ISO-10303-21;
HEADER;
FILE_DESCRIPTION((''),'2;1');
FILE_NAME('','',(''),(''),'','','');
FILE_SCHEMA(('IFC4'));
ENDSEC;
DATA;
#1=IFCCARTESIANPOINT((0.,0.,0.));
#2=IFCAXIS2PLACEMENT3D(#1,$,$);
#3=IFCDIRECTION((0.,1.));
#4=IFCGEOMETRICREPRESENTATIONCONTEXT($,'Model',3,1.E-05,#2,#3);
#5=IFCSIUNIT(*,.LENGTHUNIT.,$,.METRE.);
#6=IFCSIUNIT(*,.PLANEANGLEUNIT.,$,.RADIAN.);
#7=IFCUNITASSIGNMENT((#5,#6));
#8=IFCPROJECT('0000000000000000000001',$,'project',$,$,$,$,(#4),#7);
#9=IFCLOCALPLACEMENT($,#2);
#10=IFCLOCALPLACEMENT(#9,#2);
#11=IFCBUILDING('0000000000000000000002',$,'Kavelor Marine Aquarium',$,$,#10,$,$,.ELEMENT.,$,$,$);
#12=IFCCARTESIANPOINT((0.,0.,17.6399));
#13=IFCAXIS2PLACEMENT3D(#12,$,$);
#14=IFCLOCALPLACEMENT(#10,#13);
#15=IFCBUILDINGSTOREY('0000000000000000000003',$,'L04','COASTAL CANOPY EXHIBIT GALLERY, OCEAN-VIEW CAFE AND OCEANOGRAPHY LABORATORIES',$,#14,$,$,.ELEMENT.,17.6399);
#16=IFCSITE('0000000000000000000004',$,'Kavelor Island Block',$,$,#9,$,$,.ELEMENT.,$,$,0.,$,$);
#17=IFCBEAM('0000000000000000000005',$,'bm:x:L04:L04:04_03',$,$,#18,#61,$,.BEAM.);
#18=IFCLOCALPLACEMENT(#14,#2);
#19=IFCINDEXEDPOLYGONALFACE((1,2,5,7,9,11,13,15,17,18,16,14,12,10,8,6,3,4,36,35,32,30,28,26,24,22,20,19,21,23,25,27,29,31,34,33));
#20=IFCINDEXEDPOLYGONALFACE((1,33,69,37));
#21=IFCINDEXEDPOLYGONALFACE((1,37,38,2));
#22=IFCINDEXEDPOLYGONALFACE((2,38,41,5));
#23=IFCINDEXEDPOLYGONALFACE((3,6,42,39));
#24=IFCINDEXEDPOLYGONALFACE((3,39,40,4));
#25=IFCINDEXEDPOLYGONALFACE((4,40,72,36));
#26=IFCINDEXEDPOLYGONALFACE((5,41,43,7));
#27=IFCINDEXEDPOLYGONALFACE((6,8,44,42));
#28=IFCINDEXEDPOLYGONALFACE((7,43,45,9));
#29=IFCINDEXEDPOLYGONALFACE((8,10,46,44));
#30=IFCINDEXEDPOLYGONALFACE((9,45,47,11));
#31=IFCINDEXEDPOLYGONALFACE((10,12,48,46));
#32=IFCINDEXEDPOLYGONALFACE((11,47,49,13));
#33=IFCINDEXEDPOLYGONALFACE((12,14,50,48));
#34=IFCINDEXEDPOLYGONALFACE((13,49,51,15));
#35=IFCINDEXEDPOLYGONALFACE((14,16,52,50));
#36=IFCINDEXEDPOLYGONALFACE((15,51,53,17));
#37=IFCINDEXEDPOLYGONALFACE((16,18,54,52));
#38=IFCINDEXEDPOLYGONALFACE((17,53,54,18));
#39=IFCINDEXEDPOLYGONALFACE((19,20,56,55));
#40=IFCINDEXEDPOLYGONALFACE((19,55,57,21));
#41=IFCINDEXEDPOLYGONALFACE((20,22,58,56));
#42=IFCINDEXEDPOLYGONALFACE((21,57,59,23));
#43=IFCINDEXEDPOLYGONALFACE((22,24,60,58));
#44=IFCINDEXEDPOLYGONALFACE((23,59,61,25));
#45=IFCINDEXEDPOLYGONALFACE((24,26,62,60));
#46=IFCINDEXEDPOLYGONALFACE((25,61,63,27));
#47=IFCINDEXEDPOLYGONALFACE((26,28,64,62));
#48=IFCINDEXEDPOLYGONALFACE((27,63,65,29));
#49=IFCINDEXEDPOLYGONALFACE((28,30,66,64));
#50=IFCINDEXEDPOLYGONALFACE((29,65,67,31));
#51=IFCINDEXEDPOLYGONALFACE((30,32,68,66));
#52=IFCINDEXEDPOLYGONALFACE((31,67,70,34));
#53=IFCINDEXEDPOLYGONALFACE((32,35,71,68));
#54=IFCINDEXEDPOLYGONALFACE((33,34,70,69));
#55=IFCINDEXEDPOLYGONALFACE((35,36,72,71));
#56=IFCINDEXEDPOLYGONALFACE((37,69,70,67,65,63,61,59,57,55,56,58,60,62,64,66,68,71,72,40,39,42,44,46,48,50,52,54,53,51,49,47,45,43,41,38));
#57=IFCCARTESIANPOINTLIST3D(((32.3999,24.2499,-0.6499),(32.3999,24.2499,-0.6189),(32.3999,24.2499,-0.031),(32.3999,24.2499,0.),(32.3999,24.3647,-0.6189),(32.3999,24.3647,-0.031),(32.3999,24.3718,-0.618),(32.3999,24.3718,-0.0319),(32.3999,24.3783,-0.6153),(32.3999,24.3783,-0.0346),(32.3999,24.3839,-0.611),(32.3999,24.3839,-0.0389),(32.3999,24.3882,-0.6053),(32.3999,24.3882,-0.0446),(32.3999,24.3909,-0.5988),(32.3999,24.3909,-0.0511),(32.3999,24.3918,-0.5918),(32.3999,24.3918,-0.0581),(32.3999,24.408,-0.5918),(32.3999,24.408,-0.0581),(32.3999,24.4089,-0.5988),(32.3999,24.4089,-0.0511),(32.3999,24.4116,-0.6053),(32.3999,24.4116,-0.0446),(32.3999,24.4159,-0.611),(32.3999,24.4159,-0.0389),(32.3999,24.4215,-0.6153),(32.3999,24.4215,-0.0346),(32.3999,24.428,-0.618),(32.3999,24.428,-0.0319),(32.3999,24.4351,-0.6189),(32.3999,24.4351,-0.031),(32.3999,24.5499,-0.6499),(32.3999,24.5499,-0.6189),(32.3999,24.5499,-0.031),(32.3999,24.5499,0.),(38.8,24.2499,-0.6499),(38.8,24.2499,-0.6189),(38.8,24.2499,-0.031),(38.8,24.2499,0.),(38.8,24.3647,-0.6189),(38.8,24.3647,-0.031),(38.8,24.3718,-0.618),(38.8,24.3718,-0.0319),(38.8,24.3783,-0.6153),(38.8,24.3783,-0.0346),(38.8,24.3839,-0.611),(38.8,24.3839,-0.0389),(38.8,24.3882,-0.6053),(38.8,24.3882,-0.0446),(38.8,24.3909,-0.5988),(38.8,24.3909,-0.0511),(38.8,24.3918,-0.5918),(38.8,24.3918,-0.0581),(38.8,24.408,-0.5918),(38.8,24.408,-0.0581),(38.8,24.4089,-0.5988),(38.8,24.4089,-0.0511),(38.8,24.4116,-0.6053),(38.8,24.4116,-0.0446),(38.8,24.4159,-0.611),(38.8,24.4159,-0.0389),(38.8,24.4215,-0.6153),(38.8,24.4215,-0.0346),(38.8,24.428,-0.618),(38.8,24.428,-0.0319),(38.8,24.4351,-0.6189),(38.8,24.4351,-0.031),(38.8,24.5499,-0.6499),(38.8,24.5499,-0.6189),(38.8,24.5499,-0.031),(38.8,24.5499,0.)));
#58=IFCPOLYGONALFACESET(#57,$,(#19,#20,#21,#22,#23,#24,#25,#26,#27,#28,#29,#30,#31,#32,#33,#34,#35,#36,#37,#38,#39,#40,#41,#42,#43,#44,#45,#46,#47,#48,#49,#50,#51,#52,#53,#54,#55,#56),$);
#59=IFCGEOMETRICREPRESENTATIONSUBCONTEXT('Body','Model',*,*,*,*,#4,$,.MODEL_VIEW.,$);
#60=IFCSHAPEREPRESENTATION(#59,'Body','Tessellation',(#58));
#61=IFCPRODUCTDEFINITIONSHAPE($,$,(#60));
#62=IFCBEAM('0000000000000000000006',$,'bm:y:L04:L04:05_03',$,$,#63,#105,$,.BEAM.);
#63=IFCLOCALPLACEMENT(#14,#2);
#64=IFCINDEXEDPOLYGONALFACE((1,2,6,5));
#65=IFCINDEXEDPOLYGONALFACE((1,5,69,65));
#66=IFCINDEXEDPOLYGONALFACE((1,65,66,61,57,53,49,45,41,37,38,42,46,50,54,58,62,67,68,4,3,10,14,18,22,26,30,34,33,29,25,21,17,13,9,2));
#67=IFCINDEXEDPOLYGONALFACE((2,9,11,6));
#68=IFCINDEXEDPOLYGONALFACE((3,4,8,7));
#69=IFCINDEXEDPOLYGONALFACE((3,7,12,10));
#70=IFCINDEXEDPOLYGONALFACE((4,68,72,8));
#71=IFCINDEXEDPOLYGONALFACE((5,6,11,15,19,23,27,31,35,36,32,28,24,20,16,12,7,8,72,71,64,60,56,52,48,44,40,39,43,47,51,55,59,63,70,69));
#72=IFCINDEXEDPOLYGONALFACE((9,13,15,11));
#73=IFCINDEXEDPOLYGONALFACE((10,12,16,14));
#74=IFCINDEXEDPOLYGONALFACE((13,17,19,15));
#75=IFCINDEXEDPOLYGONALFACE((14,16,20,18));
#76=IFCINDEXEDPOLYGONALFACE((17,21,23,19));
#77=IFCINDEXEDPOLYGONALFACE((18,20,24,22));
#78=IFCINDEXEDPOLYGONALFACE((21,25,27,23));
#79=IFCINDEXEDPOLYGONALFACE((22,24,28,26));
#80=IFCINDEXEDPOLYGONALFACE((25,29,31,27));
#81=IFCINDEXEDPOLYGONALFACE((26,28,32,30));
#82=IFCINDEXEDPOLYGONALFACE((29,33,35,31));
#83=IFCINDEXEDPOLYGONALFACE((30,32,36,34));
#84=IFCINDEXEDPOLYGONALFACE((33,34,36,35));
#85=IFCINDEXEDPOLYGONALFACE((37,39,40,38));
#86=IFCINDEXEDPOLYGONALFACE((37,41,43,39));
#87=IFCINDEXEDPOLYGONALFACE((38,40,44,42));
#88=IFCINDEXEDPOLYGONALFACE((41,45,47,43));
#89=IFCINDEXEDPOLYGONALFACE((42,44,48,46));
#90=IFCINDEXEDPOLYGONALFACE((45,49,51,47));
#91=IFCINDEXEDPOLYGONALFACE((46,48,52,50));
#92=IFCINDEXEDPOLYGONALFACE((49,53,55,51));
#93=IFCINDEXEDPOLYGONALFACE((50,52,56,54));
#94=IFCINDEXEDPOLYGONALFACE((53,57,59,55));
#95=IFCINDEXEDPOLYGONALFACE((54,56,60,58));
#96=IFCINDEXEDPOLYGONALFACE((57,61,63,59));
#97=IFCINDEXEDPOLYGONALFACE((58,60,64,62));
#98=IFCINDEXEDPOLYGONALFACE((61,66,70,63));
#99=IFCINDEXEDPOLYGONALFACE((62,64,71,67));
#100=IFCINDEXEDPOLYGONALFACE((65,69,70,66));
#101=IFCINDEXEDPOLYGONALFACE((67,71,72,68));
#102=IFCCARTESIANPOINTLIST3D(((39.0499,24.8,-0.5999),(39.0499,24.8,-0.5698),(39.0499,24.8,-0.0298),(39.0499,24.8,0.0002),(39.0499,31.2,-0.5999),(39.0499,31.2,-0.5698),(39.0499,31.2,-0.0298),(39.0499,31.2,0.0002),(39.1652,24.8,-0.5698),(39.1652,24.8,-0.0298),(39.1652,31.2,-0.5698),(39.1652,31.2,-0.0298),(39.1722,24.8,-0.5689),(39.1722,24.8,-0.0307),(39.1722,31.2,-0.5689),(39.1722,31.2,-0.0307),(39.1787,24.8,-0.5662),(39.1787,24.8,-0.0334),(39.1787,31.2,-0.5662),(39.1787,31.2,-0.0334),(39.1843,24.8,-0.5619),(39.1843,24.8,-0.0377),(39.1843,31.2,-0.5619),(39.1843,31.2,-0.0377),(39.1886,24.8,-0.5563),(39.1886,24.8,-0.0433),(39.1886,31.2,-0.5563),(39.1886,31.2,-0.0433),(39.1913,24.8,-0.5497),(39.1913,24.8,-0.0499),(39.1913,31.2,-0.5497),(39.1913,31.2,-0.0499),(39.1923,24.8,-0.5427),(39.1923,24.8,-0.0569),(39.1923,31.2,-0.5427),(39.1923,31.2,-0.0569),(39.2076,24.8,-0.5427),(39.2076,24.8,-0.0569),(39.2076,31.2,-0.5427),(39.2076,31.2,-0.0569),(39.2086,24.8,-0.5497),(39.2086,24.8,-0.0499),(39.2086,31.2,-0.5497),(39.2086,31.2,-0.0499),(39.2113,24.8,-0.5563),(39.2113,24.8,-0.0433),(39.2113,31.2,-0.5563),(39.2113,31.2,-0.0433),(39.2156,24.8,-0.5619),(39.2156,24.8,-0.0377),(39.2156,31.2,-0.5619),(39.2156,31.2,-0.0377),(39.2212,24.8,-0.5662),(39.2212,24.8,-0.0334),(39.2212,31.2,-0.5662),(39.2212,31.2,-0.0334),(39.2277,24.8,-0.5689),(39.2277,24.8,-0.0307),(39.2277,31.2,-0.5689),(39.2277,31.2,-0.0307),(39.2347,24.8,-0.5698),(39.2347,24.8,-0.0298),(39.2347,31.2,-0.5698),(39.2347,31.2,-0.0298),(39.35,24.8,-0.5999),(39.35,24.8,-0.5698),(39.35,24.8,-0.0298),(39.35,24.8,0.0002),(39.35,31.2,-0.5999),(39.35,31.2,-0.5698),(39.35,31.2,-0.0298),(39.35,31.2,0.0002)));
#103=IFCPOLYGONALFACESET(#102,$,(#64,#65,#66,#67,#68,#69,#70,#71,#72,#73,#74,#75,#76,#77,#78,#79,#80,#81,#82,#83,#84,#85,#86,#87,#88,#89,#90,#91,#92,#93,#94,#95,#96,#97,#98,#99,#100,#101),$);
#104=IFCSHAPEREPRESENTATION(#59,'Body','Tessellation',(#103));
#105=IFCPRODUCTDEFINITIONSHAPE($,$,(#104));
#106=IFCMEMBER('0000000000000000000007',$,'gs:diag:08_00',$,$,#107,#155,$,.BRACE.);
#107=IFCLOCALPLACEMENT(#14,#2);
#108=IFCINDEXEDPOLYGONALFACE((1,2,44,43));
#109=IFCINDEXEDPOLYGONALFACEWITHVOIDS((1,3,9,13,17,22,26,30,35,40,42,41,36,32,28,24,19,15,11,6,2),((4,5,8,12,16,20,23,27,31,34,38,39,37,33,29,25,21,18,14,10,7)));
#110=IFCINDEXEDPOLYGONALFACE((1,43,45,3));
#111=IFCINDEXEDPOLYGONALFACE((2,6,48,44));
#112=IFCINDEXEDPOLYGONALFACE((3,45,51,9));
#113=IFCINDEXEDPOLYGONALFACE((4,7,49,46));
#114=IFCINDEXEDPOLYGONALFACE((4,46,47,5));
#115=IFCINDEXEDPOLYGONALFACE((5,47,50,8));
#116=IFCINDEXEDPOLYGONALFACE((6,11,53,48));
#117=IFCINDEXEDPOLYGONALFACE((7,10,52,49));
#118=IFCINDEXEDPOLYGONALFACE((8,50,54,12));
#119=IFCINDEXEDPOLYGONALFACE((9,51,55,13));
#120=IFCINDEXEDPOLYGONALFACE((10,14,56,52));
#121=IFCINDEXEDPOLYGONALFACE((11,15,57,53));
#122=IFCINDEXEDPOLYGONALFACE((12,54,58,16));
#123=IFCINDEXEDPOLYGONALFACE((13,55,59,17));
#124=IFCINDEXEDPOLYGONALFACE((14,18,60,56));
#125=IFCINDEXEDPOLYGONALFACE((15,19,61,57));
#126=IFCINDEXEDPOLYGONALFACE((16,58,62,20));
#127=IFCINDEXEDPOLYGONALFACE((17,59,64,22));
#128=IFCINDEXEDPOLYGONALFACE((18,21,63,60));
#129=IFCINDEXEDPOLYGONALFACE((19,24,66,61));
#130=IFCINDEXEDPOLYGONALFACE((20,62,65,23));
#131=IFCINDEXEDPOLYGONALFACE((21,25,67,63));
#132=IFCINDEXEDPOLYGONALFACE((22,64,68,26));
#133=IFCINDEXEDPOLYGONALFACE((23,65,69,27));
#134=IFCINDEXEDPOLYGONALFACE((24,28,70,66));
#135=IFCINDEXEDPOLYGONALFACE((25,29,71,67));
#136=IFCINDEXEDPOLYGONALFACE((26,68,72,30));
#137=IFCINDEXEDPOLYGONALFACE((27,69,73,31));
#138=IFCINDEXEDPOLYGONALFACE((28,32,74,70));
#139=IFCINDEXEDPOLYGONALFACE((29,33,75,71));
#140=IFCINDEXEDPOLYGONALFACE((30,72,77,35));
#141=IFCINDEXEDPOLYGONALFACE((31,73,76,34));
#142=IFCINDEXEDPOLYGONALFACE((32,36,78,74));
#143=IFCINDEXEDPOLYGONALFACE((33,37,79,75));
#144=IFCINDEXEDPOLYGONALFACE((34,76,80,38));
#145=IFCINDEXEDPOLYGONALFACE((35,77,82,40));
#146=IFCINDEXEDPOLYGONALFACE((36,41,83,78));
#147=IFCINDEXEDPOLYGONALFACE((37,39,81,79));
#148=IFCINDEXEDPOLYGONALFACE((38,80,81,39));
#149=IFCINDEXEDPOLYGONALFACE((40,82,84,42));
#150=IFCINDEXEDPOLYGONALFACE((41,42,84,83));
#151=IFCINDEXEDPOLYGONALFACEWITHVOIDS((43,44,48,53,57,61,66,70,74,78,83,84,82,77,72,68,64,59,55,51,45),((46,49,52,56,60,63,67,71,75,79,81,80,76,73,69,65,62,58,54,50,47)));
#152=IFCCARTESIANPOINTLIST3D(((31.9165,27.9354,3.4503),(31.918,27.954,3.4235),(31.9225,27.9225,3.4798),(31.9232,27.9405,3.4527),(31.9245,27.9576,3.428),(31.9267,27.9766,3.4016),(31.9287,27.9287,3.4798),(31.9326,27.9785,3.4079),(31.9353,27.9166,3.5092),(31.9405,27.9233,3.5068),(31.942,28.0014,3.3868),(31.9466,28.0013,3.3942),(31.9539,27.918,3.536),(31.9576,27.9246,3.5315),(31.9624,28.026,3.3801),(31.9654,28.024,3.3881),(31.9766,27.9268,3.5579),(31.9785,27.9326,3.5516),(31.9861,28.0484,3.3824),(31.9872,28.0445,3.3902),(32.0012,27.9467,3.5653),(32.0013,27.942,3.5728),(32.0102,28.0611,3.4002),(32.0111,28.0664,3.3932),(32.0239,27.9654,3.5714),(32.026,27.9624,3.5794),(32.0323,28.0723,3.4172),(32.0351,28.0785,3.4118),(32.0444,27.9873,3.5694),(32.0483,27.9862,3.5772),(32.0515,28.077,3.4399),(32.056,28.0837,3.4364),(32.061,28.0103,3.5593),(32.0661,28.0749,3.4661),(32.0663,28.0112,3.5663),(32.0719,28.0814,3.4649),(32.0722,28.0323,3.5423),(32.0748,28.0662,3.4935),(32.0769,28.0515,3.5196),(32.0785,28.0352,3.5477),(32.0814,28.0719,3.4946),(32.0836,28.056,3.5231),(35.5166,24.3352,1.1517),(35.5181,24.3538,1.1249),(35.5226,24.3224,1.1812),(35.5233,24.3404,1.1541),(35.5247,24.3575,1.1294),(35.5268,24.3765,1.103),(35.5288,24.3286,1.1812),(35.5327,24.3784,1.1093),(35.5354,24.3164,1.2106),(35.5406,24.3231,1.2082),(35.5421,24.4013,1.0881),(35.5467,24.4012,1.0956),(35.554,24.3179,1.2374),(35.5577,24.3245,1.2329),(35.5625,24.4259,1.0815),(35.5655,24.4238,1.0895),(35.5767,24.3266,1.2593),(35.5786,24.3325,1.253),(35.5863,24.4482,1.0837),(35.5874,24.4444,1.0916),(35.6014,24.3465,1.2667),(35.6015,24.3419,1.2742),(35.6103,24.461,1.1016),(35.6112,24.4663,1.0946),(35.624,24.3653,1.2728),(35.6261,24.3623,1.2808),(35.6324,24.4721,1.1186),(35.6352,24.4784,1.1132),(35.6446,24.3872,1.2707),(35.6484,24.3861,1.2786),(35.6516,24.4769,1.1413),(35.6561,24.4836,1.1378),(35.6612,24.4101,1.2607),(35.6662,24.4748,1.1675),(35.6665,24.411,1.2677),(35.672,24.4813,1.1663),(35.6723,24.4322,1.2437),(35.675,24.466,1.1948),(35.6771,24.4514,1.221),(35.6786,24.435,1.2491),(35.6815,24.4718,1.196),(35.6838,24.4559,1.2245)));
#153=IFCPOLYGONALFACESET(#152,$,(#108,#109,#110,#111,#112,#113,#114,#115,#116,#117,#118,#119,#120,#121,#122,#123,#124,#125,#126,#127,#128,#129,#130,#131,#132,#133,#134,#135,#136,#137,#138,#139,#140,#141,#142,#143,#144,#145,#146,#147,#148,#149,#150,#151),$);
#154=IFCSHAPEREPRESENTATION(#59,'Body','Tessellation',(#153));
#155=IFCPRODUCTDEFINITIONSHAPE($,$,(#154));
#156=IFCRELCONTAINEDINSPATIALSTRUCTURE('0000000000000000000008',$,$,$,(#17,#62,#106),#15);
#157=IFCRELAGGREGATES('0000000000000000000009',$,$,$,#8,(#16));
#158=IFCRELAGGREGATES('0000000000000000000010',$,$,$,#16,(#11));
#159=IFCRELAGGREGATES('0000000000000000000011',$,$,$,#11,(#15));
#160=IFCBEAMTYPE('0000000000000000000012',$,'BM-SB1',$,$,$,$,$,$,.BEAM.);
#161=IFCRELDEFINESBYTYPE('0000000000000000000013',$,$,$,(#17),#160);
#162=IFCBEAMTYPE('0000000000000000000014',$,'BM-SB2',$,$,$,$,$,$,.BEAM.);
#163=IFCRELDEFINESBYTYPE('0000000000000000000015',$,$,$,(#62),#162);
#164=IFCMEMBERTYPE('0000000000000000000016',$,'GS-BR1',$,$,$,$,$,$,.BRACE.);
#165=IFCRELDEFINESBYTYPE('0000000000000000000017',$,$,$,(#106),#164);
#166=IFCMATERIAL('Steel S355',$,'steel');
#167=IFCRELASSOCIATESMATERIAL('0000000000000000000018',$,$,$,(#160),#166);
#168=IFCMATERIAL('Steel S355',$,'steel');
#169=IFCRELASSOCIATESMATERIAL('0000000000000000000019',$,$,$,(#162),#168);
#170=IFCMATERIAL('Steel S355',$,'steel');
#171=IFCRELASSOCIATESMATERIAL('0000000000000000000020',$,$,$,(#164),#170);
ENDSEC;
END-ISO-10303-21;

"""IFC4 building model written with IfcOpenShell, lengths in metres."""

from ifc_helpers import new_model, si_unit, direction, frame, origin, origin_2d, place, context, subcontext, project, spatial, hollow_circle, i_section, extrude, material, material_profile, profile_set, type_object, element, save


model = new_model("IFC4")

# Units and contexts
model_context = context("Model", 3, precision=1e-05, world=origin(), true_north=direction((0.0, 1.0)))
body_context = subcontext(model_context, "Body", "Model", "MODEL_VIEW")
ifc_project = project(units=[si_unit("LENGTHUNIT", "METRE"), si_unit("PLANEANGLEUNIT", "RADIAN")], contexts=[model_context])

# Site, building, storey
site_placement = place(None, origin())
site = spatial("IfcSite", under=ifc_project, at=site_placement, Name="Kavelor Island Block", CompositionType="ELEMENT", RefElevation=0.0)
building_placement = place(site_placement, origin())
building = spatial("IfcBuilding", under=site, at=building_placement, Name="Kavelor Marine Aquarium", CompositionType="ELEMENT")
storey_placement = place(building_placement, frame((0.0, 0.0, 17.6399)))
storey = spatial("IfcBuildingStorey", under=building, at=storey_placement, Name="L04", Description="COASTAL CANOPY EXHIBIT GALLERY, OCEAN-VIEW CAFE AND OCEANOGRAPHY LABORATORIES", CompositionType="ELEMENT", Elevation=17.6399)

# Beams
ifc_material_1 = material(Name="Steel S355", Category="steel")
ifc_material_profile_1 = material_profile(ifc_material_1, i_section(OverallWidth=0.3, OverallDepth=0.6499, WebThickness=0.0161, FlangeThickness=0.031, FilletRadius=0.0271, at=origin_2d()), Name="HEB 650")
ifc_profile_set_1 = profile_set([ifc_material_profile_1], Name="Steel S355")
beam_type_1 = type_object("IfcBeamType", Name="BM-SB1", PredefinedType="BEAM", material=ifc_profile_set_1)
beam_1_placement = place(storey_placement, frame((32.3999, 24.3999, -0.325), z_axis=(1.0, 0.0, 0.0), x_axis=(0.0, 1.0, 0.0)))
element("IfcBeam", 1, at=beam_1_placement, inside=storey, type_object=beam_type_1, Name="bm:x:L04:L04:04_03", PredefinedType="BEAM", context=body_context, shape_type="SweptSolid", body=[
    extrude(i_section(OverallWidth=0.3, OverallDepth=0.6499, WebThickness=0.0161, FlangeThickness=0.031, FilletRadius=0.0271, at=origin_2d()), origin(), (0.0, 0.0, 1.0), 6.4001),
])
ifc_material_2 = material(Name="Steel S355", Category="steel")
ifc_material_profile_2 = material_profile(ifc_material_2, i_section(OverallWidth=0.3, OverallDepth=0.6001, WebThickness=0.0154, FlangeThickness=0.03, FilletRadius=0.0271, at=origin_2d()), Name="HEB 600")
ifc_profile_set_2 = profile_set([ifc_material_profile_2], Name="Steel S355")
beam_type_2 = type_object("IfcBeamType", Name="BM-SB2", PredefinedType="BEAM", material=ifc_profile_set_2)
beam_2_placement = place(storey_placement, frame((39.2, 24.8, -0.2998), z_axis=(0.0, 1.0, 0.0), x_axis=(-1.0, 0.0, 0.0)))
element("IfcBeam", 2, at=beam_2_placement, inside=storey, type_object=beam_type_2, Name="bm:y:L04:L04:05_03", PredefinedType="BEAM", context=body_context, shape_type="SweptSolid", body=[
    extrude(i_section(OverallWidth=0.3, OverallDepth=0.6001, WebThickness=0.0154, FlangeThickness=0.03, FilletRadius=0.0271, at=origin_2d()), origin(), (0.0, 0.0, 1.0), 6.3999),
])

# Member
ifc_material_3 = material(Name="Steel S355", Category="steel")
ifc_material_profile_3 = material_profile(ifc_material_3, hollow_circle(Radius=0.1096, WallThickness=0.0088, at=origin_2d()), Name="CHS 219.1x8.8")
ifc_profile_set_3 = profile_set([ifc_material_profile_3], Name="Steel S355")
member_type_1 = type_object("IfcMemberType", Name="GS-BR1", PredefinedType="BRACE", material=ifc_profile_set_3)
member_1_placement = place(storey_placement, frame((35.6001, 24.3999, 1.1812), z_axis=(-0.64447, 0.64447, 0.41148), x_axis=(-0.707107, -0.707107, 0.0)))
element("IfcMember", 3, at=member_1_placement, inside=storey, type_object=member_type_1, Name="gs:diag:08_00", PredefinedType="BRACE", context=body_context, shape_type="SweptSolid", body=[
    extrude(hollow_circle(Radius=0.1096, WallThickness=0.0088, at=origin_2d()), origin(), (0.0, 0.0, 1.0), 5.5862),
])

save(model, "model.ifc")
